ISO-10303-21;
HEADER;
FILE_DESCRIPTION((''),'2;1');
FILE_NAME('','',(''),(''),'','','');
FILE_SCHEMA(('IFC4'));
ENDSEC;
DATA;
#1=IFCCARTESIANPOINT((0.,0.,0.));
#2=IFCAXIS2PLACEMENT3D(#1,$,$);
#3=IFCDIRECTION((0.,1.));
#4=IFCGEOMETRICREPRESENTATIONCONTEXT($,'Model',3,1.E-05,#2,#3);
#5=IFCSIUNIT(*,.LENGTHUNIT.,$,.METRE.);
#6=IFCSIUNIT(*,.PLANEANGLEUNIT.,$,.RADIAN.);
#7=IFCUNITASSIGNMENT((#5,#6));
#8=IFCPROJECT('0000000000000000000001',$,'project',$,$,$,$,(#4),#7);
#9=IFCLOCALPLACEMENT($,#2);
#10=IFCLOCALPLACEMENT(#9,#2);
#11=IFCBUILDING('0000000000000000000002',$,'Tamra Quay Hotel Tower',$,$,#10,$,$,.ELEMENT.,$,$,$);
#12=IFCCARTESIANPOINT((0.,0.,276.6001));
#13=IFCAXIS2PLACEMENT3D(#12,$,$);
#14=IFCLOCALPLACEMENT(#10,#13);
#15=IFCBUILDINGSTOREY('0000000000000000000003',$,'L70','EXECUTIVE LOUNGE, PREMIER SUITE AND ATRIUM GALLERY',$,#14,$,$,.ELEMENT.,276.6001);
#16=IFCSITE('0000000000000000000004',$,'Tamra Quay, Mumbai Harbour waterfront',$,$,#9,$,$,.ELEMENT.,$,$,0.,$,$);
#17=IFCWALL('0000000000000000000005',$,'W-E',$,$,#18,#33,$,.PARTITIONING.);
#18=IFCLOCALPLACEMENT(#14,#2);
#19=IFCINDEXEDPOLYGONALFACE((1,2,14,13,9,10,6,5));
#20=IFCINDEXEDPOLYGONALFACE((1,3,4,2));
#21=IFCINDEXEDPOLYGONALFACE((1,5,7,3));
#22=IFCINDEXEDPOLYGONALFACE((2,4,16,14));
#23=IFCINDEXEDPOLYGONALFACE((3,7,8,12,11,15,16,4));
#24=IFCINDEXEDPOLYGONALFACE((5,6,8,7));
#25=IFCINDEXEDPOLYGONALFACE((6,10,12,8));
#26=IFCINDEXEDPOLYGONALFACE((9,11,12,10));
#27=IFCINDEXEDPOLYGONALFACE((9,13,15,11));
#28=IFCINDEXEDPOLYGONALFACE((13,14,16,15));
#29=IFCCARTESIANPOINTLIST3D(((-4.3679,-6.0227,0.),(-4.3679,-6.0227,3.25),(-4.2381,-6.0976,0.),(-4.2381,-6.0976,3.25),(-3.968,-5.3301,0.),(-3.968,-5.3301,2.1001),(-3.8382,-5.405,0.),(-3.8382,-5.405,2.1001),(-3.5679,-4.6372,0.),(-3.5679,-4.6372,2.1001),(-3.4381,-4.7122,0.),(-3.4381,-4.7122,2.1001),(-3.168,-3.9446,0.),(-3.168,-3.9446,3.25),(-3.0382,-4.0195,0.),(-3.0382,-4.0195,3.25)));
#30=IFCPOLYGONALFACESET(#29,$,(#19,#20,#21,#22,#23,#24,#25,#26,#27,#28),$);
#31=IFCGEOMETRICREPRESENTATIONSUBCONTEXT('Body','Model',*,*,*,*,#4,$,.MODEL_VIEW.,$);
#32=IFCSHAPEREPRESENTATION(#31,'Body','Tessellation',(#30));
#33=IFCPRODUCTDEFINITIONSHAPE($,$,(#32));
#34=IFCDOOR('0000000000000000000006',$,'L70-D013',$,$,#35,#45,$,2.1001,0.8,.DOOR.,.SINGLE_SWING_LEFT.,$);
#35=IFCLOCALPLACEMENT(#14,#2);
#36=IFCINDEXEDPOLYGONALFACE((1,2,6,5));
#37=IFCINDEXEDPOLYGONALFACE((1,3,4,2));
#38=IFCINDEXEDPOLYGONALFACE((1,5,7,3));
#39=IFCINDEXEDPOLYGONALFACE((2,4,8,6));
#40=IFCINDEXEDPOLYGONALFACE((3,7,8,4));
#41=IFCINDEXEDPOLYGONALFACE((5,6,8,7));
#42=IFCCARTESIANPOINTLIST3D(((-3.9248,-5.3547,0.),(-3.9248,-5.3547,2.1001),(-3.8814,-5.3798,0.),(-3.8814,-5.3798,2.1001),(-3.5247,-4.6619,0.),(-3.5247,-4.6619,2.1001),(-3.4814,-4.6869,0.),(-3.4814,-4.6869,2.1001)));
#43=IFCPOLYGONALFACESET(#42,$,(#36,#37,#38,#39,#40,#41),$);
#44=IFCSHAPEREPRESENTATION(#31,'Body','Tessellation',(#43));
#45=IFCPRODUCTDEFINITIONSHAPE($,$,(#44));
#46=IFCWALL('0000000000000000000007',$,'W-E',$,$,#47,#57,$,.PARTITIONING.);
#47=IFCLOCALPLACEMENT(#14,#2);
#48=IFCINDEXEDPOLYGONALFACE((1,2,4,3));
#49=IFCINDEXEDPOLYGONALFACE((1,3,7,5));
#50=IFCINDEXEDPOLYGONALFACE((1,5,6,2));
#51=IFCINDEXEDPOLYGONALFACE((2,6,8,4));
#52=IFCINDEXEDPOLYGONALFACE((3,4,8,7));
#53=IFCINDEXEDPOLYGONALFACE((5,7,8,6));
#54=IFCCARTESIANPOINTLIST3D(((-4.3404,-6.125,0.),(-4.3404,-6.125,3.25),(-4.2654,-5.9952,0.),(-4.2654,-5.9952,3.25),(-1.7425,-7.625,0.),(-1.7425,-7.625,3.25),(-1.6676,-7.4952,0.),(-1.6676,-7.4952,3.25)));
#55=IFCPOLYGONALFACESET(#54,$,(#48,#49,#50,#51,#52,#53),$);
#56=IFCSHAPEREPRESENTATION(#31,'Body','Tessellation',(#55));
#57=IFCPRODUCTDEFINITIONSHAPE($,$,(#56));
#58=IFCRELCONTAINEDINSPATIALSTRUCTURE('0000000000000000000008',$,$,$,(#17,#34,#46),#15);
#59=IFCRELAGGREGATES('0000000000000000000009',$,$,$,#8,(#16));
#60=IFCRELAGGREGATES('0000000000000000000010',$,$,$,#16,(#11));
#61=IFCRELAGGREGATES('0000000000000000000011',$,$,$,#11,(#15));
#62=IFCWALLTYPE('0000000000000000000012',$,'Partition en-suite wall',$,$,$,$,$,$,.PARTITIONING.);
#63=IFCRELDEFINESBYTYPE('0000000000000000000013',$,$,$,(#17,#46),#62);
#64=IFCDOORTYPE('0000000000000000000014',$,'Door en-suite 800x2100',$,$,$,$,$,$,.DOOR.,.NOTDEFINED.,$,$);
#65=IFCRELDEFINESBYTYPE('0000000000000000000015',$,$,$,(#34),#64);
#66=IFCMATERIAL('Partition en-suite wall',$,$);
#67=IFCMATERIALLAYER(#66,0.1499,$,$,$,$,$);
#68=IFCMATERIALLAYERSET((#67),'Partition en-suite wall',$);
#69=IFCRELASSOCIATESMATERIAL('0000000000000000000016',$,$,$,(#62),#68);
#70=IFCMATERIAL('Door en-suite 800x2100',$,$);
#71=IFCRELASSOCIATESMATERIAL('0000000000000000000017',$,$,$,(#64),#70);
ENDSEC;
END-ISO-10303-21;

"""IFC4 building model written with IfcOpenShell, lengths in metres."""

from ifc_helpers import new_model, si_unit, direction, frame, frame_2d, origin, place, context, subcontext, project, spatial, rectangle, extrude, material, layer, layer_set, type_object, element, fill, save


model = new_model("IFC4")

# Units and contexts
model_context = context("Model", 3, precision=1e-05, world=origin(), true_north=direction((0.0, 1.0)))
body_context = subcontext(model_context, "Body", "Model", "MODEL_VIEW")
ifc_project = project(units=[si_unit("LENGTHUNIT", "METRE"), si_unit("PLANEANGLEUNIT", "RADIAN")], contexts=[model_context])

# Site, building, storey
site_placement = place(None, origin())
site = spatial("IfcSite", under=ifc_project, at=site_placement, Name="Tamra Quay, Mumbai Harbour waterfront", CompositionType="ELEMENT", RefElevation=0.0)
building_placement = place(site_placement, origin())
building = spatial("IfcBuilding", under=site, at=building_placement, Name="Tamra Quay Hotel Tower", CompositionType="ELEMENT")
storey_placement = place(building_placement, frame((0.0, 0.0, 276.6001)))
storey = spatial("IfcBuildingStorey", under=building, at=storey_placement, Name="L70", Description="EXECUTIVE LOUNGE, PREMIER SUITE AND ATRIUM GALLERY", CompositionType="ELEMENT", Elevation=276.6001)

# Wall, opening, door
ifc_material_1 = material(Name="Partition en-suite wall")
ifc_layer_1 = layer(ifc_material_1, 0.1499)
ifc_layer_set_1 = layer_set([ifc_layer_1], Name="Partition en-suite wall")
wall_type_1 = type_object("IfcWallType", Name="Partition en-suite wall", PredefinedType="PARTITIONING", material=ifc_layer_set_1)
ifc_material_2 = material(Name="Door en-suite 800x2100")
door_type_1 = type_object("IfcDoorType", Name="Door en-suite 800x2100", OperationType="NOTDEFINED", PredefinedType="DOOR", material=ifc_material_2)
wall_1_placement = place(storey_placement, frame((-4.303, -6.0601, 0.0), z_axis=(0.0, 0.0, 1.0), x_axis=(0.500045, 0.865999, 0.0)))
wall_1 = element("IfcWall", 1, at=wall_1_placement, inside=storey, type_object=wall_type_1, Name="W-E", PredefinedType="PARTITIONING", context=body_context, shape_type="SweptSolid", body=[
    extrude(rectangle(XDim=2.3997, YDim=0.1499, at=frame_2d((1.1997, 0.0))), origin(), (0.0, 0.0, 1.0), 3.25),
])
opening_1_placement = place(wall_1_placement, frame((0.7998, 0.0, 0.0)))
opening_1 = element("IfcOpeningElement", 2, at=opening_1_placement, cuts=wall_1, PredefinedType="OPENING", context=body_context, shape_type="SweptSolid", body=[
    extrude(rectangle(XDim=0.8, YDim=2.1001, at=frame_2d((0.3999, 1.05))), frame((0.0, 0.085, 0.0), z_axis=(0.0, -1.0, 0.0), x_axis=(1.0, 0.0, 0.0)), (0.0, 0.0, 1.0), 0.1699),
])
door_1_placement = place(opening_1_placement, frame((0.8, 0.0, 0.0), z_axis=(0.0, 0.0, 1.0), x_axis=(-1.0, 0.0, 0.0)))
door_1 = element("IfcDoor", 3, at=door_1_placement, inside=storey, type_object=door_type_1, Name="L70-D013", OperationType="SINGLE_SWING_LEFT", OverallHeight=2.1001, OverallWidth=0.8, PredefinedType="DOOR", context=body_context, shape_type="SweptSolid", body=[
    extrude(rectangle(XDim=0.8, YDim=2.1001, at=frame_2d((0.3999, 1.05))), frame((0.0, 0.0249, 0.0), z_axis=(0.0, -1.0, 0.0), x_axis=(1.0, 0.0, 0.0)), (0.0, 0.0, 1.0), 0.05),
])
fill(opening_1, door_1)

# Wall
wall_2_placement = place(storey_placement, frame((-4.303, -6.0601, 0.0), z_axis=(0.0, 0.0, 1.0), x_axis=(0.866011, -0.500025, 0.0)))
element("IfcWall", 4, at=wall_2_placement, inside=storey, type_object=wall_type_1, Name="W-E", PredefinedType="PARTITIONING", context=body_context, shape_type="SweptSolid", body=[
    extrude(rectangle(XDim=2.9998, YDim=0.1499, at=frame_2d((1.5, 0.0))), origin(), (0.0, 0.0, 1.0), 3.25),
])

save(model, "model.ifc")
